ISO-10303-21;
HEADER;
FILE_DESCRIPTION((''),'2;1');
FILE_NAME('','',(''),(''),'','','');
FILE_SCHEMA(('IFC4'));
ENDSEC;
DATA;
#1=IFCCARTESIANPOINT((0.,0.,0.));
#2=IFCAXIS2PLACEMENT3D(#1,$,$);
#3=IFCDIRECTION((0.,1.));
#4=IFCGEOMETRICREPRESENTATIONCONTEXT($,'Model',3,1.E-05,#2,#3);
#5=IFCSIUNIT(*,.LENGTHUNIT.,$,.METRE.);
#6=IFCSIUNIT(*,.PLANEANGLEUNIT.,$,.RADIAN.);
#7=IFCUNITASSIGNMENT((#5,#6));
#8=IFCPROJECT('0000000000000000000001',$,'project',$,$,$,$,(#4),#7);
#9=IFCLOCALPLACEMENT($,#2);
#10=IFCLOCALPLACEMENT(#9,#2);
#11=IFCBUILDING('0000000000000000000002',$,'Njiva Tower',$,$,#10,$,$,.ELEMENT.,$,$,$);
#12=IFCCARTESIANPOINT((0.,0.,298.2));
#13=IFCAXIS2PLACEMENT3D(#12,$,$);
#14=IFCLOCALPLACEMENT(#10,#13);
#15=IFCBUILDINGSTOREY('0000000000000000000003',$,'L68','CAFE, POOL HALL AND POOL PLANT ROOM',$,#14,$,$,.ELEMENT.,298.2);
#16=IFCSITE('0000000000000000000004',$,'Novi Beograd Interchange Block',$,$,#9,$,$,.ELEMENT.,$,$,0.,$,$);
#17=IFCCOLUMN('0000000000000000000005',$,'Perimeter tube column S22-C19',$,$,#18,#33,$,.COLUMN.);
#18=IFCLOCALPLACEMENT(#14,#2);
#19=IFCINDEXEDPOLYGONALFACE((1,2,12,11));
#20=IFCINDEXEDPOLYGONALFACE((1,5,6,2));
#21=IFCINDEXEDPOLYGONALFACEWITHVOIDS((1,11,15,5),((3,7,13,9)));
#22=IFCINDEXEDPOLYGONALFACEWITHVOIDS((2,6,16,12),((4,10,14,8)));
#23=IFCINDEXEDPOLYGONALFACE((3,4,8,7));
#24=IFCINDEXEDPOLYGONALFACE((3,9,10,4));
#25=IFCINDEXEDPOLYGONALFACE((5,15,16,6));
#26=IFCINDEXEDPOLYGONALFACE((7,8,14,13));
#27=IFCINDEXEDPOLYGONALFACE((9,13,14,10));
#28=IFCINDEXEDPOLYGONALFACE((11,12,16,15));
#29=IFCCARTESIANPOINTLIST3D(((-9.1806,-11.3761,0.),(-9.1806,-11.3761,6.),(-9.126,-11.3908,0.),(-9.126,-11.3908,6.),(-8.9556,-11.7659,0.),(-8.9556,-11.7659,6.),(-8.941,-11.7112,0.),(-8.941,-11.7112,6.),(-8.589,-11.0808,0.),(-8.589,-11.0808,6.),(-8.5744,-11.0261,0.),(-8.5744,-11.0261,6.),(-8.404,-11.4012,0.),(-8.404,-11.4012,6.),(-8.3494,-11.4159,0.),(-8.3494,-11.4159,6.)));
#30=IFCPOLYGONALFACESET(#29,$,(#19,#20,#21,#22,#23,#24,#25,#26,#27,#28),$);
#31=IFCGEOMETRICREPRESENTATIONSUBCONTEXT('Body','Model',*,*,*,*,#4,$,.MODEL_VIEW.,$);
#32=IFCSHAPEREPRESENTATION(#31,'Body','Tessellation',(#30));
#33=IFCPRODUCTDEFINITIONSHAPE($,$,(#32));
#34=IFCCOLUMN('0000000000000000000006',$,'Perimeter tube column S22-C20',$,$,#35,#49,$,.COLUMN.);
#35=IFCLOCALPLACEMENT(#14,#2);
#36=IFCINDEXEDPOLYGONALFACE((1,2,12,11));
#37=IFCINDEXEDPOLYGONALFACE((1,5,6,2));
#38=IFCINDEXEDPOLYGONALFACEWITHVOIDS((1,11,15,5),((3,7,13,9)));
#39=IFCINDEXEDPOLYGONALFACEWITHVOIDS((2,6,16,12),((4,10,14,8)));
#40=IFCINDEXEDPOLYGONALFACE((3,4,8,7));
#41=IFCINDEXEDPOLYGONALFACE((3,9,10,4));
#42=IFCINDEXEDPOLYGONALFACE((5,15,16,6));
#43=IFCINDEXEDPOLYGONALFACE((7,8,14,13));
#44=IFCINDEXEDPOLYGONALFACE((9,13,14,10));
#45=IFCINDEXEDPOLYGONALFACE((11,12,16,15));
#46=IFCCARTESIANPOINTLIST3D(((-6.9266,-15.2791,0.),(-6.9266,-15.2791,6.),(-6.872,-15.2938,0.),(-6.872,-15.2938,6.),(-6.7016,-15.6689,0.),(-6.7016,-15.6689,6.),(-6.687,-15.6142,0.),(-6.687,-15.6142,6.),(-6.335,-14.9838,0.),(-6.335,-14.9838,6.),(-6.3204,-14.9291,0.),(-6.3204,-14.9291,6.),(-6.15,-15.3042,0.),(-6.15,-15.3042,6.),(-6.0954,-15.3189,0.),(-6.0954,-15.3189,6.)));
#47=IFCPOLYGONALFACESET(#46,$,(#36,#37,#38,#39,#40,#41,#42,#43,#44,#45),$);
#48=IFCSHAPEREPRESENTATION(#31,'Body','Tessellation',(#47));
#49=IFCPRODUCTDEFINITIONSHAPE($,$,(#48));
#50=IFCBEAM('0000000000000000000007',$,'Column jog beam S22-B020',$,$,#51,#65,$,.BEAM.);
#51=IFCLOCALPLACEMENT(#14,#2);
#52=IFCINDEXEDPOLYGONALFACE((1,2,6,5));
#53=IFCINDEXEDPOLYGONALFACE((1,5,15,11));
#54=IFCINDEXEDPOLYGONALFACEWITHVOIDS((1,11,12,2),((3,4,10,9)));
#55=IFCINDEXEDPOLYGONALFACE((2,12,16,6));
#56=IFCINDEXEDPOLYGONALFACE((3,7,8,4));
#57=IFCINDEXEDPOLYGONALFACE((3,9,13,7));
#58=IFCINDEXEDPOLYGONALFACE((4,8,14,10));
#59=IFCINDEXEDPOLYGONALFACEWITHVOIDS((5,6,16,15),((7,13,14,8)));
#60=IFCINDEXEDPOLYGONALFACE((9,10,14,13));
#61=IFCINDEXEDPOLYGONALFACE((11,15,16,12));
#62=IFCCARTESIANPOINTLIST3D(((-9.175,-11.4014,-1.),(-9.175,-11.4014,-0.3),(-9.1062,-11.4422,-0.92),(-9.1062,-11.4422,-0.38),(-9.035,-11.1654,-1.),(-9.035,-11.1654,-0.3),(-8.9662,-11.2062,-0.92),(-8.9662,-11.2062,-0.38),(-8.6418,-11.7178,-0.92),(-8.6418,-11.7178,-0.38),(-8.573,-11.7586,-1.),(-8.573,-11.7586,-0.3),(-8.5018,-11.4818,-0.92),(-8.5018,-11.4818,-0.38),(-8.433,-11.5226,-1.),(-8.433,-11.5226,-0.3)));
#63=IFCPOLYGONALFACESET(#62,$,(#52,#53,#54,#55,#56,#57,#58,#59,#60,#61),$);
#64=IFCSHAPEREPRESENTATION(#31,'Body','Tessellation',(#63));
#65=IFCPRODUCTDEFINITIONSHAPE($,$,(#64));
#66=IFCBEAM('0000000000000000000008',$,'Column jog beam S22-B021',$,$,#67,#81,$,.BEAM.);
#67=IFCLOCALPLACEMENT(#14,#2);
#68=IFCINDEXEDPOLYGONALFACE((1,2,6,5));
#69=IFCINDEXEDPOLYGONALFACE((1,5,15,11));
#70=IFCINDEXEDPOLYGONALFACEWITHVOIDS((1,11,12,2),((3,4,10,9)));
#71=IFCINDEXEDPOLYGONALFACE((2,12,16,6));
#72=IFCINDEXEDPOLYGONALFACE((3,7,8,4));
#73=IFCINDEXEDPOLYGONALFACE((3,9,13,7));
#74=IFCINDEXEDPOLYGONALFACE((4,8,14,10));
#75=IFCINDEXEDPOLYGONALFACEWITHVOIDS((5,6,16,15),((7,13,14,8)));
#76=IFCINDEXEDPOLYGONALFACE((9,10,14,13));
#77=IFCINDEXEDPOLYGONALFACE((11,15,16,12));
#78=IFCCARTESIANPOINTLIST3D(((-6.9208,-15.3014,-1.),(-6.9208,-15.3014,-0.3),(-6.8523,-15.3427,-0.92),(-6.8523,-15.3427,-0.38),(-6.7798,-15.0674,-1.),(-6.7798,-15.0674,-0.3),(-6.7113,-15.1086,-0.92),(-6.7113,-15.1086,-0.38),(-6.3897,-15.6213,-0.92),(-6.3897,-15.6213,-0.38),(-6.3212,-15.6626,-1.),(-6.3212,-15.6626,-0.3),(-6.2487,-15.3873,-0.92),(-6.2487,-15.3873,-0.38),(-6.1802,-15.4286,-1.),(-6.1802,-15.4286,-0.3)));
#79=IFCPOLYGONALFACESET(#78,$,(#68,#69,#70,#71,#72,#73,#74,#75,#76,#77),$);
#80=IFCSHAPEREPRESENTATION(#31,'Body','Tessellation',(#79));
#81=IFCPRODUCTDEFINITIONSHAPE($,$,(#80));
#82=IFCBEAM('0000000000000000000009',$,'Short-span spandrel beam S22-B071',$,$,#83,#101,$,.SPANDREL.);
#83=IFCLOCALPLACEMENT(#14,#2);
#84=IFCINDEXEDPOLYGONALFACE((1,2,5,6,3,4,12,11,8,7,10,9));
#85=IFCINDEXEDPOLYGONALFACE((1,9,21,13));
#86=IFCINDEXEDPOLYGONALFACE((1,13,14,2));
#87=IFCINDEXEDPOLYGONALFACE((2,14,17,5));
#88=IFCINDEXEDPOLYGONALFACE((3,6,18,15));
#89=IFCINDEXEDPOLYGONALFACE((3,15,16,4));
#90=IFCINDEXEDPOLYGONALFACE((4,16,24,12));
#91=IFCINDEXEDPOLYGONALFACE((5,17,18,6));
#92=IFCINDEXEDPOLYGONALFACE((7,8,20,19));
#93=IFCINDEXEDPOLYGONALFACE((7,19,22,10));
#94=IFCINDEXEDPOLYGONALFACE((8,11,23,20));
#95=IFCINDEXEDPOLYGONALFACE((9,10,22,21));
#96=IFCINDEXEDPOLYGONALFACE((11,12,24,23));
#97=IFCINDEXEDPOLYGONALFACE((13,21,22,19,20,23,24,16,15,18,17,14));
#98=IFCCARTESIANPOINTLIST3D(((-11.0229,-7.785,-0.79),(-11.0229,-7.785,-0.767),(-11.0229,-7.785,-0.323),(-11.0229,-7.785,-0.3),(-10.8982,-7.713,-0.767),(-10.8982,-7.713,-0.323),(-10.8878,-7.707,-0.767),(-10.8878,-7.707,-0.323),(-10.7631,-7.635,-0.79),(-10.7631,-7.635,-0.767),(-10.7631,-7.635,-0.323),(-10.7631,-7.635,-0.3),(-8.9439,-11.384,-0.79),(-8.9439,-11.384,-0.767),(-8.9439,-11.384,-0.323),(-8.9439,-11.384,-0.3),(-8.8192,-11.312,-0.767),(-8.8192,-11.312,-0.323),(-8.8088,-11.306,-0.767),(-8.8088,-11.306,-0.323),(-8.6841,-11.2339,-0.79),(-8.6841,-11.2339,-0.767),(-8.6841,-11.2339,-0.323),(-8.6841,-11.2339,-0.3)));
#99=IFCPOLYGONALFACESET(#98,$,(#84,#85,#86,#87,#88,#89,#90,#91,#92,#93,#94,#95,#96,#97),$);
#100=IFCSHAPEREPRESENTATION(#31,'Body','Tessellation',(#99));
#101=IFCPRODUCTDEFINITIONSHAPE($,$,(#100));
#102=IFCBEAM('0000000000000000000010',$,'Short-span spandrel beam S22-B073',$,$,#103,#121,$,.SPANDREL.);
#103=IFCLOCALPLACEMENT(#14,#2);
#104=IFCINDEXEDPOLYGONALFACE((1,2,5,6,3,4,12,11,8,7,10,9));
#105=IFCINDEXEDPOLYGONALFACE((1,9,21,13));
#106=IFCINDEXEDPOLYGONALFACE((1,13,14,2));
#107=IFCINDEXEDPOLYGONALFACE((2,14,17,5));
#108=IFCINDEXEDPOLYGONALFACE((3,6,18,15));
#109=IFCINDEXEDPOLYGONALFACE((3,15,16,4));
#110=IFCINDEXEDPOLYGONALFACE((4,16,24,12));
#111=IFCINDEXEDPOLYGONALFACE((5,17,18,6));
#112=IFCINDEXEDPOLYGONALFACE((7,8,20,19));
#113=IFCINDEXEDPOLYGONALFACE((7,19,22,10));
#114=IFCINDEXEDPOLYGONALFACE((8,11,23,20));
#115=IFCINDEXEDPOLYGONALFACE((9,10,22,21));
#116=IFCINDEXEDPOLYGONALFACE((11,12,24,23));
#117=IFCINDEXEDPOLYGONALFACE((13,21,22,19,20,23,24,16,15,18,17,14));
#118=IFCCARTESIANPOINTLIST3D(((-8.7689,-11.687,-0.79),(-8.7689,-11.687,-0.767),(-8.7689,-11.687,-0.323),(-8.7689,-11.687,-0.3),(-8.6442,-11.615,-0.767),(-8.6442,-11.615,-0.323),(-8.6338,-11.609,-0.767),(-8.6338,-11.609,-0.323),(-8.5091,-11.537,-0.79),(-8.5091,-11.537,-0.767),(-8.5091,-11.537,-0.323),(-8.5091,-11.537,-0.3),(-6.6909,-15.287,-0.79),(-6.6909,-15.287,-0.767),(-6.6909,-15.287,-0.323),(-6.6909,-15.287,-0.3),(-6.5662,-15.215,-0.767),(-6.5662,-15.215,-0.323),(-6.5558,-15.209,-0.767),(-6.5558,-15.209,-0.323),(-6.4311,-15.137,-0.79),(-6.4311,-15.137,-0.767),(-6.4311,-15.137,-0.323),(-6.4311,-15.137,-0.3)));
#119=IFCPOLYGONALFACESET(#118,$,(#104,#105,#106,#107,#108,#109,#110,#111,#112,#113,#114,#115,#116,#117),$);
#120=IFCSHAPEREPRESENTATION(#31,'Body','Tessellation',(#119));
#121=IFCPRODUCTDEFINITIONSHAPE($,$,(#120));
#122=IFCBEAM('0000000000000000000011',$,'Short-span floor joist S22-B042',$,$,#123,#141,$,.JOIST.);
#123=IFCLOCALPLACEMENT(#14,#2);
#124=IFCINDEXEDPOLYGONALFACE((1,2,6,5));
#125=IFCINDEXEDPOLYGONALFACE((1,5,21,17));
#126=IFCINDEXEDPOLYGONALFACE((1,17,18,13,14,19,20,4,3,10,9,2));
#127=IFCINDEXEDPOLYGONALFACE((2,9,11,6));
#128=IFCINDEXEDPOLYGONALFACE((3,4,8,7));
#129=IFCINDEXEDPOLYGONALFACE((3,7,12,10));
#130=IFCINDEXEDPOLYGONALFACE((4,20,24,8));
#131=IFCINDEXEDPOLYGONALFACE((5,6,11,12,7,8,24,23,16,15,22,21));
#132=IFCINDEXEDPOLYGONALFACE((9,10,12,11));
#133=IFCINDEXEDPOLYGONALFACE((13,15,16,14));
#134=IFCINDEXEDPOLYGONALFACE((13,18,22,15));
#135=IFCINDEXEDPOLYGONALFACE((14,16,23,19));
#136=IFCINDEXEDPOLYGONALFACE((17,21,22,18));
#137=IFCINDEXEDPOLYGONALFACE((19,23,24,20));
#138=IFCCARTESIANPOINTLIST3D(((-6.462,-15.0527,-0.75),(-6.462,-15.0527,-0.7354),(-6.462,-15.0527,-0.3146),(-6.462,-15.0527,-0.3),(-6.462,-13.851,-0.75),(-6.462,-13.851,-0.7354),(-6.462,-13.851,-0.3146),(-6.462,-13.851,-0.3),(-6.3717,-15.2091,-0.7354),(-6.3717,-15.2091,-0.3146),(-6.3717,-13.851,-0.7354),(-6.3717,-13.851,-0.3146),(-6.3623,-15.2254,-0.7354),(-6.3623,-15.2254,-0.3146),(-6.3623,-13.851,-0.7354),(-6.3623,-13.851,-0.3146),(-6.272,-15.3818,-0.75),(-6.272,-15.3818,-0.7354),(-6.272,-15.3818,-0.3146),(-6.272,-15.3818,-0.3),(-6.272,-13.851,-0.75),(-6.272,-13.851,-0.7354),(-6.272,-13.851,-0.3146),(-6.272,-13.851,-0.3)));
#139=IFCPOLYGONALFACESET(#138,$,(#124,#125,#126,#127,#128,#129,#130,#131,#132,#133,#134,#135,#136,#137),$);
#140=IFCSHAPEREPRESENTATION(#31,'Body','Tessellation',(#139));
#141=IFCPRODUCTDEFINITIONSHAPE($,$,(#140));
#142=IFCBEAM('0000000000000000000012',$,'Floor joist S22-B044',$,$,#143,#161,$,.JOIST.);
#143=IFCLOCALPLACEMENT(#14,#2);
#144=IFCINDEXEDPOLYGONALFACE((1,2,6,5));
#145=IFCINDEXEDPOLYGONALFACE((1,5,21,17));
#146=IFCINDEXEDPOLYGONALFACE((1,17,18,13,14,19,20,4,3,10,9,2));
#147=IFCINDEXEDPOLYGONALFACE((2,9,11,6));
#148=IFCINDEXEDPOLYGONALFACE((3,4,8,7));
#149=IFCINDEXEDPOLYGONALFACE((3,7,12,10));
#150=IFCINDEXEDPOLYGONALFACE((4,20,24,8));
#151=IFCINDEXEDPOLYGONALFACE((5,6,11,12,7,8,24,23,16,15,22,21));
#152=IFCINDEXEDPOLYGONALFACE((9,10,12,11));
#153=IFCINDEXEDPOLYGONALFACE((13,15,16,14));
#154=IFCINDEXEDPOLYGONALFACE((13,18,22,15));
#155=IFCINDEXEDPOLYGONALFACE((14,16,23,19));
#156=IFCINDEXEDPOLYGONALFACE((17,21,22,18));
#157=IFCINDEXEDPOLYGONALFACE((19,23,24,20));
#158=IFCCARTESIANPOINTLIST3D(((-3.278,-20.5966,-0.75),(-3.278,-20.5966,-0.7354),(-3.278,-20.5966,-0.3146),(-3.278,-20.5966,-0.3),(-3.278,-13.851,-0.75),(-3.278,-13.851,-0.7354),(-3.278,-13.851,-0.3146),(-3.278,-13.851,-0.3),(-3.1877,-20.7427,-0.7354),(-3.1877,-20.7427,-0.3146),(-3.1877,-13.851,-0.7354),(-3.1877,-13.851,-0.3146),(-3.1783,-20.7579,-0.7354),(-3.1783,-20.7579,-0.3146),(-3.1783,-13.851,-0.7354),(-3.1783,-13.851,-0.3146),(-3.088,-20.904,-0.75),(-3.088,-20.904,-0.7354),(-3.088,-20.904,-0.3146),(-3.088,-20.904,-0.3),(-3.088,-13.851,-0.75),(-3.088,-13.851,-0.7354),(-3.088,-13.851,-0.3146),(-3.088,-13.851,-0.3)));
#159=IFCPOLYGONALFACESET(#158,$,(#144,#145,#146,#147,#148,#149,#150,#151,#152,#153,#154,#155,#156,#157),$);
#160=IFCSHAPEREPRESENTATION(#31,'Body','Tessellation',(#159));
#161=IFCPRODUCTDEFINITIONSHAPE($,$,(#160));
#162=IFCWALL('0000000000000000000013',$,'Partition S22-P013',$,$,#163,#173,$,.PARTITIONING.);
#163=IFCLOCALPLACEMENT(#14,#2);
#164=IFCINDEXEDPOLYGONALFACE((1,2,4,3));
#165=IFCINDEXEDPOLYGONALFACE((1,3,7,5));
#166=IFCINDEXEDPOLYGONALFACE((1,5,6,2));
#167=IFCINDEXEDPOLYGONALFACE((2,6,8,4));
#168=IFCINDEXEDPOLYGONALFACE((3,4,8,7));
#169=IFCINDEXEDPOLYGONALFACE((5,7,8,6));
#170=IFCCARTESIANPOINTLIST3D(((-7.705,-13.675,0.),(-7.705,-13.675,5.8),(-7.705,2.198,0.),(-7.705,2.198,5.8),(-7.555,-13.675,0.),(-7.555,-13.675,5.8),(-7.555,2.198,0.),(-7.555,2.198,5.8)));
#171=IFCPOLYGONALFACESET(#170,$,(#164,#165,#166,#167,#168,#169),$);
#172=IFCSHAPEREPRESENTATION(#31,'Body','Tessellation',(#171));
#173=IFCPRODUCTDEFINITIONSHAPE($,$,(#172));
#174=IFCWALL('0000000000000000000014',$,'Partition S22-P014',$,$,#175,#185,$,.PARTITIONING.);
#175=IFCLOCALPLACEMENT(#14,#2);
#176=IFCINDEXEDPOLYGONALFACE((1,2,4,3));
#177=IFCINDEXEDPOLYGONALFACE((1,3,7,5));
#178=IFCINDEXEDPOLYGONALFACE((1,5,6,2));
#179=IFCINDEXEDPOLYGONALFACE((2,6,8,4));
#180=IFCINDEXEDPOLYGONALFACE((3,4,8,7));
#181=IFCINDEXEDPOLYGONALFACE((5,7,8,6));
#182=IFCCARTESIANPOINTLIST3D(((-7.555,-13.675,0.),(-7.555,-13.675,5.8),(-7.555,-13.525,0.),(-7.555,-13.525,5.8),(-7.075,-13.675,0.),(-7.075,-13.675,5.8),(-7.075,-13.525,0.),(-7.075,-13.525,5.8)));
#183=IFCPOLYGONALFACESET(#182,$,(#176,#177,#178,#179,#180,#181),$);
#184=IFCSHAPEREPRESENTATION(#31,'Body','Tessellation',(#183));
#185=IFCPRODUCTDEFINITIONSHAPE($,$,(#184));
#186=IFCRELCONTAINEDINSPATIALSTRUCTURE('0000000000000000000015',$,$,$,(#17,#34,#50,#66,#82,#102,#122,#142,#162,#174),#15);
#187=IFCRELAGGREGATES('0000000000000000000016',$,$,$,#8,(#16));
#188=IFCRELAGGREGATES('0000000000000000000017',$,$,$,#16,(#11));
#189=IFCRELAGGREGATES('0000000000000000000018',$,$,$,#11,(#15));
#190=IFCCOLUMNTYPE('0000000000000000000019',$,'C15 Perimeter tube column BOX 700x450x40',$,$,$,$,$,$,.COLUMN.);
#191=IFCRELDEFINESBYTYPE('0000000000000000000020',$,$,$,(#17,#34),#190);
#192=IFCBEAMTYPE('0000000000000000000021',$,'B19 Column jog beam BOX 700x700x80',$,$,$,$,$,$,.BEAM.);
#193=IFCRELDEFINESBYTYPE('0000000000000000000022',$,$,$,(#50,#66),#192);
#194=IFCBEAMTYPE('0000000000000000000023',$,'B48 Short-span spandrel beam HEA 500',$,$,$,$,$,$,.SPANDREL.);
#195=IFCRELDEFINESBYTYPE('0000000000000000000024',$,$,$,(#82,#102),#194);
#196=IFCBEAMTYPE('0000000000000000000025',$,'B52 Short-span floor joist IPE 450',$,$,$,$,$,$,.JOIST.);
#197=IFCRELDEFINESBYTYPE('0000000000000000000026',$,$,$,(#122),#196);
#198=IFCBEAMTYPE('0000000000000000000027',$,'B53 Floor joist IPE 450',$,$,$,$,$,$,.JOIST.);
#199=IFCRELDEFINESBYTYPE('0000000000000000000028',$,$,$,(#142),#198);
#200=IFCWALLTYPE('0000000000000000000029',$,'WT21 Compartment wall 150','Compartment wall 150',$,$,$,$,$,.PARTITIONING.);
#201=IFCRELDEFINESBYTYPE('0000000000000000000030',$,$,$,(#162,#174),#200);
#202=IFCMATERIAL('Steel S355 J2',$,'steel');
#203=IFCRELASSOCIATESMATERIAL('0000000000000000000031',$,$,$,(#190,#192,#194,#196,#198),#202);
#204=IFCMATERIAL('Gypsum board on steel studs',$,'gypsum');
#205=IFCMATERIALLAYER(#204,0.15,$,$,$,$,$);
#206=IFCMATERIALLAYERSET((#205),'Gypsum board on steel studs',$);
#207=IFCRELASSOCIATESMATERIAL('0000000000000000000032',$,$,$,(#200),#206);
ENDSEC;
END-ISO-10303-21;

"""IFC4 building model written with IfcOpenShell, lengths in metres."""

from ifc_helpers import new_model, si_unit, direction, frame, frame_2d, origin, origin_2d, place, context, subcontext, project, spatial, rectangle, hollow_rectangle, i_section, extrude, clip, halfspace, material, layer, layer_set, material_profile, profile_set, type_object, element, save


model = new_model("IFC4")

# Units and contexts
model_context = context("Model", 3, precision=1e-05, world=origin(), true_north=direction((0.0, 1.0)))
body_context = subcontext(model_context, "Body", "Model", "MODEL_VIEW")
ifc_project = project(units=[si_unit("LENGTHUNIT", "METRE"), si_unit("PLANEANGLEUNIT", "RADIAN")], contexts=[model_context])

# Site, building, storey
site_placement = place(None, origin())
site = spatial("IfcSite", under=ifc_project, at=site_placement, Name="Novi Beograd Interchange Block", CompositionType="ELEMENT", RefElevation=0.0)
building_placement = place(site_placement, origin())
building = spatial("IfcBuilding", under=site, at=building_placement, Name="Njiva Tower", CompositionType="ELEMENT")
storey_placement = place(building_placement, frame((0.0, 0.0, 298.2)))
storey = spatial("IfcBuildingStorey", under=building, at=storey_placement, Name="L68", Description="CAFE, POOL HALL AND POOL PLANT ROOM", CompositionType="ELEMENT", Elevation=298.2)

# Columns
ifc_material_1 = material(Name="Steel S355 J2", Category="steel")
ifc_material_profile_1 = material_profile(ifc_material_1, hollow_rectangle(XDim=0.45, YDim=0.7, WallThickness=0.04, at=origin_2d()), Name="BOX 700x450x40")
ifc_profile_set_1 = profile_set([ifc_material_profile_1], Name="Steel S355 J2")
column_type = type_object("IfcColumnType", Name="C15 Perimeter tube column BOX 700x450x40", PredefinedType="COLUMN", material=ifc_profile_set_1)
for number, where, z_axis, x_axis, name in (
    (1, (-8.765, -11.396, 0.0), (0.0, 0.0, 1.0), (0.5, -0.866025, 0.0), "Perimeter tube column S22-C19"),
    (2, (-6.511, -15.299, 0.0), (0.0, 0.0, 1.0), (0.5, -0.866025, 0.0), "Perimeter tube column S22-C20"),
):
    element("IfcColumn", number, at=place(storey_placement, frame(where, z_axis=z_axis, x_axis=x_axis)), inside=storey, type_object=column_type, Name=name, PredefinedType="COLUMN", context=body_context, shape_type="SweptSolid", body=[
        extrude(hollow_rectangle(XDim=0.45, YDim=0.7, WallThickness=0.04, at=origin_2d()), origin(), (0.0, 0.0, 1.0), 6.0),
    ])

# Beams
ifc_material_profile_2 = material_profile(ifc_material_1, hollow_rectangle(XDim=0.7, YDim=0.7, WallThickness=0.08, at=origin_2d()), Name="BOX 700x700x80")
ifc_profile_set_2 = profile_set([ifc_material_profile_2], Name="Steel S355 J2")
beam_type_1 = type_object("IfcBeamType", Name="B19 Column jog beam BOX 700x700x80", PredefinedType="BEAM", material=ifc_profile_set_2)
beam_1_placement = place(storey_placement, frame((-8.874, -11.58, -0.65), z_axis=(0.510202, 0.860055, 0.0), x_axis=(-0.860055, 0.510202, 0.0)))
element("IfcBeam", 3, at=beam_1_placement, inside=storey, type_object=beam_type_1, Name="Column jog beam S22-B020", PredefinedType="BEAM", context=body_context, shape_type="SweptSolid", body=[
    extrude(hollow_rectangle(XDim=0.7, YDim=0.7, WallThickness=0.08, at=origin_2d()), origin(), (0.0, 0.0, 1.0), 0.2744),
])
beam_2_placement = place(storey_placement, frame((-6.621, -15.482, -0.65), z_axis=(0.51611, 0.856522, 0.0), x_axis=(-0.856522, 0.51611, 0.0)))
element("IfcBeam", 4, at=beam_2_placement, inside=storey, type_object=beam_type_1, Name="Column jog beam S22-B021", PredefinedType="BEAM", context=body_context, shape_type="SweptSolid", body=[
    extrude(hollow_rectangle(XDim=0.7, YDim=0.7, WallThickness=0.08, at=origin_2d()), origin(), (0.0, 0.0, 1.0), 0.2732),
])
ifc_material_profile_3 = material_profile(ifc_material_1, i_section(OverallWidth=0.3, OverallDepth=0.49, WebThickness=0.012, FlangeThickness=0.023, at=origin_2d()), Name="HEA 500")
ifc_profile_set_3 = profile_set([ifc_material_profile_3], Name="Steel S355 J2")
beam_type_2 = type_object("IfcBeamType", Name="B48 Short-span spandrel beam HEA 500", PredefinedType="SPANDREL", material=ifc_profile_set_3)
beam_3_placement = place(storey_placement, frame((-10.893, -7.71, -0.545), z_axis=(0.500201, -0.865909, 0.0), x_axis=(0.865909, 0.500201, 0.0)))
element("IfcBeam", 5, at=beam_3_placement, inside=storey, type_object=beam_type_2, Name="Short-span spandrel beam S22-B071", PredefinedType="SPANDREL", context=body_context, shape_type="SweptSolid", body=[
    extrude(i_section(OverallWidth=0.3, OverallDepth=0.49, WebThickness=0.012, FlangeThickness=0.023, at=origin_2d()), origin(), (0.0, 0.0, 1.0), 4.1563),
])
beam_4_placement = place(storey_placement, frame((-8.639, -11.612, -0.545), z_axis=(0.499917, -0.866073, 0.0), x_axis=(0.866073, 0.499917, 0.0)))
element("IfcBeam", 6, at=beam_4_placement, inside=storey, type_object=beam_type_2, Name="Short-span spandrel beam S22-B073", PredefinedType="SPANDREL", context=body_context, shape_type="SweptSolid", body=[
    extrude(i_section(OverallWidth=0.3, OverallDepth=0.49, WebThickness=0.012, FlangeThickness=0.023, at=origin_2d()), origin(), (0.0, 0.0, 1.0), 4.1567),
])
ifc_material_profile_4 = material_profile(ifc_material_1, i_section(OverallWidth=0.19, OverallDepth=0.45, WebThickness=0.0094, FlangeThickness=0.0146, at=origin_2d()), Name="IPE 450")
ifc_profile_set_4 = profile_set([ifc_material_profile_4], Name="Steel S355 J2")
beam_type_3 = type_object("IfcBeamType", Name="B52 Short-span floor joist IPE 450", PredefinedType="JOIST", material=ifc_profile_set_4)
beam_5_placement = place(storey_placement, frame((-6.367, -13.851, -0.525), z_axis=(0.0, -1.0, 0.0), x_axis=(1.0, 0.0, 0.0)))
element("IfcBeam", 7, at=beam_5_placement, inside=storey, type_object=beam_type_3, Name="Short-span floor joist S22-B042", PredefinedType="JOIST", context=body_context, shape_type="Clipping", body=[
    clip(extrude(i_section(OverallWidth=0.19, OverallDepth=0.45, WebThickness=0.0094, FlangeThickness=0.0146, at=origin_2d()), origin(), (0.0, 0.0, 1.0), 1.552), halfspace(frame((-0.043, 0.0, 1.2918), z_axis=(-0.866027, 0.0, 0.499998), x_axis=(0.0, 1.0, 0.0)), False)),
])
ifc_material_profile_5 = material_profile(ifc_material_1, i_section(OverallWidth=0.19, OverallDepth=0.45, WebThickness=0.0094, FlangeThickness=0.0146, at=origin_2d()), Name="IPE 450")
ifc_profile_set_5 = profile_set([ifc_material_profile_5], Name="Steel S355 J2")
beam_type_4 = type_object("IfcBeamType", Name="B53 Floor joist IPE 450", PredefinedType="JOIST", material=ifc_profile_set_5)
beam_6_placement = place(storey_placement, frame((-3.183, -13.851, -0.525), z_axis=(0.0, -1.0, 0.0), x_axis=(1.0, 0.0, 0.0)))
element("IfcBeam", 8, at=beam_6_placement, inside=storey, type_object=beam_type_4, Name="Floor joist S22-B044", PredefinedType="JOIST", context=body_context, shape_type="Clipping", body=[
    clip(extrude(i_section(OverallWidth=0.19, OverallDepth=0.45, WebThickness=0.0094, FlangeThickness=0.0146, at=origin_2d()), origin(), (0.0, 0.0, 1.0), 7.073), halfspace(frame((-0.0429, 0.0, 6.8299), z_axis=(-0.85062, 0.0, 0.52578), x_axis=(0.0, 1.0, 0.0)), False)),
])

# Walls
ifc_material_2 = material(Name="Gypsum board on steel studs", Category="gypsum")
ifc_layer_1 = layer(ifc_material_2, 0.15)
ifc_layer_set_1 = layer_set([ifc_layer_1], Name="Gypsum board on steel studs")
wall_type_1 = type_object("IfcWallType", Name="WT21 Compartment wall 150", Description="Compartment wall 150", PredefinedType="PARTITIONING", material=ifc_layer_set_1)
wall_1_placement = place(storey_placement, frame((-7.63, -13.675, 0.0), z_axis=(0.0, 0.0, 1.0), x_axis=(0.0, 1.0, 0.0)))
element("IfcWall", 9, at=wall_1_placement, inside=storey, type_object=wall_type_1, Name="Partition S22-P013", PredefinedType="PARTITIONING", context=body_context, shape_type="SweptSolid", body=[
    extrude(rectangle(XDim=15.873, YDim=0.15, at=frame_2d((7.9365, 0.0))), origin(), (0.0, 0.0, 1.0), 5.8),
])
wall_2_placement = place(storey_placement, frame((-7.555, -13.6, 0.0), z_axis=(0.0, 0.0, 1.0), x_axis=(1.0, 0.0, 0.0)))
element("IfcWall", 10, at=wall_2_placement, inside=storey, type_object=wall_type_1, Name="Partition S22-P014", PredefinedType="PARTITIONING", context=body_context, shape_type="SweptSolid", body=[
    extrude(rectangle(XDim=0.48, YDim=0.15, at=frame_2d((0.24, 0.0))), origin(), (0.0, 0.0, 1.0), 5.8),
])

save(model, "model.ifc")
